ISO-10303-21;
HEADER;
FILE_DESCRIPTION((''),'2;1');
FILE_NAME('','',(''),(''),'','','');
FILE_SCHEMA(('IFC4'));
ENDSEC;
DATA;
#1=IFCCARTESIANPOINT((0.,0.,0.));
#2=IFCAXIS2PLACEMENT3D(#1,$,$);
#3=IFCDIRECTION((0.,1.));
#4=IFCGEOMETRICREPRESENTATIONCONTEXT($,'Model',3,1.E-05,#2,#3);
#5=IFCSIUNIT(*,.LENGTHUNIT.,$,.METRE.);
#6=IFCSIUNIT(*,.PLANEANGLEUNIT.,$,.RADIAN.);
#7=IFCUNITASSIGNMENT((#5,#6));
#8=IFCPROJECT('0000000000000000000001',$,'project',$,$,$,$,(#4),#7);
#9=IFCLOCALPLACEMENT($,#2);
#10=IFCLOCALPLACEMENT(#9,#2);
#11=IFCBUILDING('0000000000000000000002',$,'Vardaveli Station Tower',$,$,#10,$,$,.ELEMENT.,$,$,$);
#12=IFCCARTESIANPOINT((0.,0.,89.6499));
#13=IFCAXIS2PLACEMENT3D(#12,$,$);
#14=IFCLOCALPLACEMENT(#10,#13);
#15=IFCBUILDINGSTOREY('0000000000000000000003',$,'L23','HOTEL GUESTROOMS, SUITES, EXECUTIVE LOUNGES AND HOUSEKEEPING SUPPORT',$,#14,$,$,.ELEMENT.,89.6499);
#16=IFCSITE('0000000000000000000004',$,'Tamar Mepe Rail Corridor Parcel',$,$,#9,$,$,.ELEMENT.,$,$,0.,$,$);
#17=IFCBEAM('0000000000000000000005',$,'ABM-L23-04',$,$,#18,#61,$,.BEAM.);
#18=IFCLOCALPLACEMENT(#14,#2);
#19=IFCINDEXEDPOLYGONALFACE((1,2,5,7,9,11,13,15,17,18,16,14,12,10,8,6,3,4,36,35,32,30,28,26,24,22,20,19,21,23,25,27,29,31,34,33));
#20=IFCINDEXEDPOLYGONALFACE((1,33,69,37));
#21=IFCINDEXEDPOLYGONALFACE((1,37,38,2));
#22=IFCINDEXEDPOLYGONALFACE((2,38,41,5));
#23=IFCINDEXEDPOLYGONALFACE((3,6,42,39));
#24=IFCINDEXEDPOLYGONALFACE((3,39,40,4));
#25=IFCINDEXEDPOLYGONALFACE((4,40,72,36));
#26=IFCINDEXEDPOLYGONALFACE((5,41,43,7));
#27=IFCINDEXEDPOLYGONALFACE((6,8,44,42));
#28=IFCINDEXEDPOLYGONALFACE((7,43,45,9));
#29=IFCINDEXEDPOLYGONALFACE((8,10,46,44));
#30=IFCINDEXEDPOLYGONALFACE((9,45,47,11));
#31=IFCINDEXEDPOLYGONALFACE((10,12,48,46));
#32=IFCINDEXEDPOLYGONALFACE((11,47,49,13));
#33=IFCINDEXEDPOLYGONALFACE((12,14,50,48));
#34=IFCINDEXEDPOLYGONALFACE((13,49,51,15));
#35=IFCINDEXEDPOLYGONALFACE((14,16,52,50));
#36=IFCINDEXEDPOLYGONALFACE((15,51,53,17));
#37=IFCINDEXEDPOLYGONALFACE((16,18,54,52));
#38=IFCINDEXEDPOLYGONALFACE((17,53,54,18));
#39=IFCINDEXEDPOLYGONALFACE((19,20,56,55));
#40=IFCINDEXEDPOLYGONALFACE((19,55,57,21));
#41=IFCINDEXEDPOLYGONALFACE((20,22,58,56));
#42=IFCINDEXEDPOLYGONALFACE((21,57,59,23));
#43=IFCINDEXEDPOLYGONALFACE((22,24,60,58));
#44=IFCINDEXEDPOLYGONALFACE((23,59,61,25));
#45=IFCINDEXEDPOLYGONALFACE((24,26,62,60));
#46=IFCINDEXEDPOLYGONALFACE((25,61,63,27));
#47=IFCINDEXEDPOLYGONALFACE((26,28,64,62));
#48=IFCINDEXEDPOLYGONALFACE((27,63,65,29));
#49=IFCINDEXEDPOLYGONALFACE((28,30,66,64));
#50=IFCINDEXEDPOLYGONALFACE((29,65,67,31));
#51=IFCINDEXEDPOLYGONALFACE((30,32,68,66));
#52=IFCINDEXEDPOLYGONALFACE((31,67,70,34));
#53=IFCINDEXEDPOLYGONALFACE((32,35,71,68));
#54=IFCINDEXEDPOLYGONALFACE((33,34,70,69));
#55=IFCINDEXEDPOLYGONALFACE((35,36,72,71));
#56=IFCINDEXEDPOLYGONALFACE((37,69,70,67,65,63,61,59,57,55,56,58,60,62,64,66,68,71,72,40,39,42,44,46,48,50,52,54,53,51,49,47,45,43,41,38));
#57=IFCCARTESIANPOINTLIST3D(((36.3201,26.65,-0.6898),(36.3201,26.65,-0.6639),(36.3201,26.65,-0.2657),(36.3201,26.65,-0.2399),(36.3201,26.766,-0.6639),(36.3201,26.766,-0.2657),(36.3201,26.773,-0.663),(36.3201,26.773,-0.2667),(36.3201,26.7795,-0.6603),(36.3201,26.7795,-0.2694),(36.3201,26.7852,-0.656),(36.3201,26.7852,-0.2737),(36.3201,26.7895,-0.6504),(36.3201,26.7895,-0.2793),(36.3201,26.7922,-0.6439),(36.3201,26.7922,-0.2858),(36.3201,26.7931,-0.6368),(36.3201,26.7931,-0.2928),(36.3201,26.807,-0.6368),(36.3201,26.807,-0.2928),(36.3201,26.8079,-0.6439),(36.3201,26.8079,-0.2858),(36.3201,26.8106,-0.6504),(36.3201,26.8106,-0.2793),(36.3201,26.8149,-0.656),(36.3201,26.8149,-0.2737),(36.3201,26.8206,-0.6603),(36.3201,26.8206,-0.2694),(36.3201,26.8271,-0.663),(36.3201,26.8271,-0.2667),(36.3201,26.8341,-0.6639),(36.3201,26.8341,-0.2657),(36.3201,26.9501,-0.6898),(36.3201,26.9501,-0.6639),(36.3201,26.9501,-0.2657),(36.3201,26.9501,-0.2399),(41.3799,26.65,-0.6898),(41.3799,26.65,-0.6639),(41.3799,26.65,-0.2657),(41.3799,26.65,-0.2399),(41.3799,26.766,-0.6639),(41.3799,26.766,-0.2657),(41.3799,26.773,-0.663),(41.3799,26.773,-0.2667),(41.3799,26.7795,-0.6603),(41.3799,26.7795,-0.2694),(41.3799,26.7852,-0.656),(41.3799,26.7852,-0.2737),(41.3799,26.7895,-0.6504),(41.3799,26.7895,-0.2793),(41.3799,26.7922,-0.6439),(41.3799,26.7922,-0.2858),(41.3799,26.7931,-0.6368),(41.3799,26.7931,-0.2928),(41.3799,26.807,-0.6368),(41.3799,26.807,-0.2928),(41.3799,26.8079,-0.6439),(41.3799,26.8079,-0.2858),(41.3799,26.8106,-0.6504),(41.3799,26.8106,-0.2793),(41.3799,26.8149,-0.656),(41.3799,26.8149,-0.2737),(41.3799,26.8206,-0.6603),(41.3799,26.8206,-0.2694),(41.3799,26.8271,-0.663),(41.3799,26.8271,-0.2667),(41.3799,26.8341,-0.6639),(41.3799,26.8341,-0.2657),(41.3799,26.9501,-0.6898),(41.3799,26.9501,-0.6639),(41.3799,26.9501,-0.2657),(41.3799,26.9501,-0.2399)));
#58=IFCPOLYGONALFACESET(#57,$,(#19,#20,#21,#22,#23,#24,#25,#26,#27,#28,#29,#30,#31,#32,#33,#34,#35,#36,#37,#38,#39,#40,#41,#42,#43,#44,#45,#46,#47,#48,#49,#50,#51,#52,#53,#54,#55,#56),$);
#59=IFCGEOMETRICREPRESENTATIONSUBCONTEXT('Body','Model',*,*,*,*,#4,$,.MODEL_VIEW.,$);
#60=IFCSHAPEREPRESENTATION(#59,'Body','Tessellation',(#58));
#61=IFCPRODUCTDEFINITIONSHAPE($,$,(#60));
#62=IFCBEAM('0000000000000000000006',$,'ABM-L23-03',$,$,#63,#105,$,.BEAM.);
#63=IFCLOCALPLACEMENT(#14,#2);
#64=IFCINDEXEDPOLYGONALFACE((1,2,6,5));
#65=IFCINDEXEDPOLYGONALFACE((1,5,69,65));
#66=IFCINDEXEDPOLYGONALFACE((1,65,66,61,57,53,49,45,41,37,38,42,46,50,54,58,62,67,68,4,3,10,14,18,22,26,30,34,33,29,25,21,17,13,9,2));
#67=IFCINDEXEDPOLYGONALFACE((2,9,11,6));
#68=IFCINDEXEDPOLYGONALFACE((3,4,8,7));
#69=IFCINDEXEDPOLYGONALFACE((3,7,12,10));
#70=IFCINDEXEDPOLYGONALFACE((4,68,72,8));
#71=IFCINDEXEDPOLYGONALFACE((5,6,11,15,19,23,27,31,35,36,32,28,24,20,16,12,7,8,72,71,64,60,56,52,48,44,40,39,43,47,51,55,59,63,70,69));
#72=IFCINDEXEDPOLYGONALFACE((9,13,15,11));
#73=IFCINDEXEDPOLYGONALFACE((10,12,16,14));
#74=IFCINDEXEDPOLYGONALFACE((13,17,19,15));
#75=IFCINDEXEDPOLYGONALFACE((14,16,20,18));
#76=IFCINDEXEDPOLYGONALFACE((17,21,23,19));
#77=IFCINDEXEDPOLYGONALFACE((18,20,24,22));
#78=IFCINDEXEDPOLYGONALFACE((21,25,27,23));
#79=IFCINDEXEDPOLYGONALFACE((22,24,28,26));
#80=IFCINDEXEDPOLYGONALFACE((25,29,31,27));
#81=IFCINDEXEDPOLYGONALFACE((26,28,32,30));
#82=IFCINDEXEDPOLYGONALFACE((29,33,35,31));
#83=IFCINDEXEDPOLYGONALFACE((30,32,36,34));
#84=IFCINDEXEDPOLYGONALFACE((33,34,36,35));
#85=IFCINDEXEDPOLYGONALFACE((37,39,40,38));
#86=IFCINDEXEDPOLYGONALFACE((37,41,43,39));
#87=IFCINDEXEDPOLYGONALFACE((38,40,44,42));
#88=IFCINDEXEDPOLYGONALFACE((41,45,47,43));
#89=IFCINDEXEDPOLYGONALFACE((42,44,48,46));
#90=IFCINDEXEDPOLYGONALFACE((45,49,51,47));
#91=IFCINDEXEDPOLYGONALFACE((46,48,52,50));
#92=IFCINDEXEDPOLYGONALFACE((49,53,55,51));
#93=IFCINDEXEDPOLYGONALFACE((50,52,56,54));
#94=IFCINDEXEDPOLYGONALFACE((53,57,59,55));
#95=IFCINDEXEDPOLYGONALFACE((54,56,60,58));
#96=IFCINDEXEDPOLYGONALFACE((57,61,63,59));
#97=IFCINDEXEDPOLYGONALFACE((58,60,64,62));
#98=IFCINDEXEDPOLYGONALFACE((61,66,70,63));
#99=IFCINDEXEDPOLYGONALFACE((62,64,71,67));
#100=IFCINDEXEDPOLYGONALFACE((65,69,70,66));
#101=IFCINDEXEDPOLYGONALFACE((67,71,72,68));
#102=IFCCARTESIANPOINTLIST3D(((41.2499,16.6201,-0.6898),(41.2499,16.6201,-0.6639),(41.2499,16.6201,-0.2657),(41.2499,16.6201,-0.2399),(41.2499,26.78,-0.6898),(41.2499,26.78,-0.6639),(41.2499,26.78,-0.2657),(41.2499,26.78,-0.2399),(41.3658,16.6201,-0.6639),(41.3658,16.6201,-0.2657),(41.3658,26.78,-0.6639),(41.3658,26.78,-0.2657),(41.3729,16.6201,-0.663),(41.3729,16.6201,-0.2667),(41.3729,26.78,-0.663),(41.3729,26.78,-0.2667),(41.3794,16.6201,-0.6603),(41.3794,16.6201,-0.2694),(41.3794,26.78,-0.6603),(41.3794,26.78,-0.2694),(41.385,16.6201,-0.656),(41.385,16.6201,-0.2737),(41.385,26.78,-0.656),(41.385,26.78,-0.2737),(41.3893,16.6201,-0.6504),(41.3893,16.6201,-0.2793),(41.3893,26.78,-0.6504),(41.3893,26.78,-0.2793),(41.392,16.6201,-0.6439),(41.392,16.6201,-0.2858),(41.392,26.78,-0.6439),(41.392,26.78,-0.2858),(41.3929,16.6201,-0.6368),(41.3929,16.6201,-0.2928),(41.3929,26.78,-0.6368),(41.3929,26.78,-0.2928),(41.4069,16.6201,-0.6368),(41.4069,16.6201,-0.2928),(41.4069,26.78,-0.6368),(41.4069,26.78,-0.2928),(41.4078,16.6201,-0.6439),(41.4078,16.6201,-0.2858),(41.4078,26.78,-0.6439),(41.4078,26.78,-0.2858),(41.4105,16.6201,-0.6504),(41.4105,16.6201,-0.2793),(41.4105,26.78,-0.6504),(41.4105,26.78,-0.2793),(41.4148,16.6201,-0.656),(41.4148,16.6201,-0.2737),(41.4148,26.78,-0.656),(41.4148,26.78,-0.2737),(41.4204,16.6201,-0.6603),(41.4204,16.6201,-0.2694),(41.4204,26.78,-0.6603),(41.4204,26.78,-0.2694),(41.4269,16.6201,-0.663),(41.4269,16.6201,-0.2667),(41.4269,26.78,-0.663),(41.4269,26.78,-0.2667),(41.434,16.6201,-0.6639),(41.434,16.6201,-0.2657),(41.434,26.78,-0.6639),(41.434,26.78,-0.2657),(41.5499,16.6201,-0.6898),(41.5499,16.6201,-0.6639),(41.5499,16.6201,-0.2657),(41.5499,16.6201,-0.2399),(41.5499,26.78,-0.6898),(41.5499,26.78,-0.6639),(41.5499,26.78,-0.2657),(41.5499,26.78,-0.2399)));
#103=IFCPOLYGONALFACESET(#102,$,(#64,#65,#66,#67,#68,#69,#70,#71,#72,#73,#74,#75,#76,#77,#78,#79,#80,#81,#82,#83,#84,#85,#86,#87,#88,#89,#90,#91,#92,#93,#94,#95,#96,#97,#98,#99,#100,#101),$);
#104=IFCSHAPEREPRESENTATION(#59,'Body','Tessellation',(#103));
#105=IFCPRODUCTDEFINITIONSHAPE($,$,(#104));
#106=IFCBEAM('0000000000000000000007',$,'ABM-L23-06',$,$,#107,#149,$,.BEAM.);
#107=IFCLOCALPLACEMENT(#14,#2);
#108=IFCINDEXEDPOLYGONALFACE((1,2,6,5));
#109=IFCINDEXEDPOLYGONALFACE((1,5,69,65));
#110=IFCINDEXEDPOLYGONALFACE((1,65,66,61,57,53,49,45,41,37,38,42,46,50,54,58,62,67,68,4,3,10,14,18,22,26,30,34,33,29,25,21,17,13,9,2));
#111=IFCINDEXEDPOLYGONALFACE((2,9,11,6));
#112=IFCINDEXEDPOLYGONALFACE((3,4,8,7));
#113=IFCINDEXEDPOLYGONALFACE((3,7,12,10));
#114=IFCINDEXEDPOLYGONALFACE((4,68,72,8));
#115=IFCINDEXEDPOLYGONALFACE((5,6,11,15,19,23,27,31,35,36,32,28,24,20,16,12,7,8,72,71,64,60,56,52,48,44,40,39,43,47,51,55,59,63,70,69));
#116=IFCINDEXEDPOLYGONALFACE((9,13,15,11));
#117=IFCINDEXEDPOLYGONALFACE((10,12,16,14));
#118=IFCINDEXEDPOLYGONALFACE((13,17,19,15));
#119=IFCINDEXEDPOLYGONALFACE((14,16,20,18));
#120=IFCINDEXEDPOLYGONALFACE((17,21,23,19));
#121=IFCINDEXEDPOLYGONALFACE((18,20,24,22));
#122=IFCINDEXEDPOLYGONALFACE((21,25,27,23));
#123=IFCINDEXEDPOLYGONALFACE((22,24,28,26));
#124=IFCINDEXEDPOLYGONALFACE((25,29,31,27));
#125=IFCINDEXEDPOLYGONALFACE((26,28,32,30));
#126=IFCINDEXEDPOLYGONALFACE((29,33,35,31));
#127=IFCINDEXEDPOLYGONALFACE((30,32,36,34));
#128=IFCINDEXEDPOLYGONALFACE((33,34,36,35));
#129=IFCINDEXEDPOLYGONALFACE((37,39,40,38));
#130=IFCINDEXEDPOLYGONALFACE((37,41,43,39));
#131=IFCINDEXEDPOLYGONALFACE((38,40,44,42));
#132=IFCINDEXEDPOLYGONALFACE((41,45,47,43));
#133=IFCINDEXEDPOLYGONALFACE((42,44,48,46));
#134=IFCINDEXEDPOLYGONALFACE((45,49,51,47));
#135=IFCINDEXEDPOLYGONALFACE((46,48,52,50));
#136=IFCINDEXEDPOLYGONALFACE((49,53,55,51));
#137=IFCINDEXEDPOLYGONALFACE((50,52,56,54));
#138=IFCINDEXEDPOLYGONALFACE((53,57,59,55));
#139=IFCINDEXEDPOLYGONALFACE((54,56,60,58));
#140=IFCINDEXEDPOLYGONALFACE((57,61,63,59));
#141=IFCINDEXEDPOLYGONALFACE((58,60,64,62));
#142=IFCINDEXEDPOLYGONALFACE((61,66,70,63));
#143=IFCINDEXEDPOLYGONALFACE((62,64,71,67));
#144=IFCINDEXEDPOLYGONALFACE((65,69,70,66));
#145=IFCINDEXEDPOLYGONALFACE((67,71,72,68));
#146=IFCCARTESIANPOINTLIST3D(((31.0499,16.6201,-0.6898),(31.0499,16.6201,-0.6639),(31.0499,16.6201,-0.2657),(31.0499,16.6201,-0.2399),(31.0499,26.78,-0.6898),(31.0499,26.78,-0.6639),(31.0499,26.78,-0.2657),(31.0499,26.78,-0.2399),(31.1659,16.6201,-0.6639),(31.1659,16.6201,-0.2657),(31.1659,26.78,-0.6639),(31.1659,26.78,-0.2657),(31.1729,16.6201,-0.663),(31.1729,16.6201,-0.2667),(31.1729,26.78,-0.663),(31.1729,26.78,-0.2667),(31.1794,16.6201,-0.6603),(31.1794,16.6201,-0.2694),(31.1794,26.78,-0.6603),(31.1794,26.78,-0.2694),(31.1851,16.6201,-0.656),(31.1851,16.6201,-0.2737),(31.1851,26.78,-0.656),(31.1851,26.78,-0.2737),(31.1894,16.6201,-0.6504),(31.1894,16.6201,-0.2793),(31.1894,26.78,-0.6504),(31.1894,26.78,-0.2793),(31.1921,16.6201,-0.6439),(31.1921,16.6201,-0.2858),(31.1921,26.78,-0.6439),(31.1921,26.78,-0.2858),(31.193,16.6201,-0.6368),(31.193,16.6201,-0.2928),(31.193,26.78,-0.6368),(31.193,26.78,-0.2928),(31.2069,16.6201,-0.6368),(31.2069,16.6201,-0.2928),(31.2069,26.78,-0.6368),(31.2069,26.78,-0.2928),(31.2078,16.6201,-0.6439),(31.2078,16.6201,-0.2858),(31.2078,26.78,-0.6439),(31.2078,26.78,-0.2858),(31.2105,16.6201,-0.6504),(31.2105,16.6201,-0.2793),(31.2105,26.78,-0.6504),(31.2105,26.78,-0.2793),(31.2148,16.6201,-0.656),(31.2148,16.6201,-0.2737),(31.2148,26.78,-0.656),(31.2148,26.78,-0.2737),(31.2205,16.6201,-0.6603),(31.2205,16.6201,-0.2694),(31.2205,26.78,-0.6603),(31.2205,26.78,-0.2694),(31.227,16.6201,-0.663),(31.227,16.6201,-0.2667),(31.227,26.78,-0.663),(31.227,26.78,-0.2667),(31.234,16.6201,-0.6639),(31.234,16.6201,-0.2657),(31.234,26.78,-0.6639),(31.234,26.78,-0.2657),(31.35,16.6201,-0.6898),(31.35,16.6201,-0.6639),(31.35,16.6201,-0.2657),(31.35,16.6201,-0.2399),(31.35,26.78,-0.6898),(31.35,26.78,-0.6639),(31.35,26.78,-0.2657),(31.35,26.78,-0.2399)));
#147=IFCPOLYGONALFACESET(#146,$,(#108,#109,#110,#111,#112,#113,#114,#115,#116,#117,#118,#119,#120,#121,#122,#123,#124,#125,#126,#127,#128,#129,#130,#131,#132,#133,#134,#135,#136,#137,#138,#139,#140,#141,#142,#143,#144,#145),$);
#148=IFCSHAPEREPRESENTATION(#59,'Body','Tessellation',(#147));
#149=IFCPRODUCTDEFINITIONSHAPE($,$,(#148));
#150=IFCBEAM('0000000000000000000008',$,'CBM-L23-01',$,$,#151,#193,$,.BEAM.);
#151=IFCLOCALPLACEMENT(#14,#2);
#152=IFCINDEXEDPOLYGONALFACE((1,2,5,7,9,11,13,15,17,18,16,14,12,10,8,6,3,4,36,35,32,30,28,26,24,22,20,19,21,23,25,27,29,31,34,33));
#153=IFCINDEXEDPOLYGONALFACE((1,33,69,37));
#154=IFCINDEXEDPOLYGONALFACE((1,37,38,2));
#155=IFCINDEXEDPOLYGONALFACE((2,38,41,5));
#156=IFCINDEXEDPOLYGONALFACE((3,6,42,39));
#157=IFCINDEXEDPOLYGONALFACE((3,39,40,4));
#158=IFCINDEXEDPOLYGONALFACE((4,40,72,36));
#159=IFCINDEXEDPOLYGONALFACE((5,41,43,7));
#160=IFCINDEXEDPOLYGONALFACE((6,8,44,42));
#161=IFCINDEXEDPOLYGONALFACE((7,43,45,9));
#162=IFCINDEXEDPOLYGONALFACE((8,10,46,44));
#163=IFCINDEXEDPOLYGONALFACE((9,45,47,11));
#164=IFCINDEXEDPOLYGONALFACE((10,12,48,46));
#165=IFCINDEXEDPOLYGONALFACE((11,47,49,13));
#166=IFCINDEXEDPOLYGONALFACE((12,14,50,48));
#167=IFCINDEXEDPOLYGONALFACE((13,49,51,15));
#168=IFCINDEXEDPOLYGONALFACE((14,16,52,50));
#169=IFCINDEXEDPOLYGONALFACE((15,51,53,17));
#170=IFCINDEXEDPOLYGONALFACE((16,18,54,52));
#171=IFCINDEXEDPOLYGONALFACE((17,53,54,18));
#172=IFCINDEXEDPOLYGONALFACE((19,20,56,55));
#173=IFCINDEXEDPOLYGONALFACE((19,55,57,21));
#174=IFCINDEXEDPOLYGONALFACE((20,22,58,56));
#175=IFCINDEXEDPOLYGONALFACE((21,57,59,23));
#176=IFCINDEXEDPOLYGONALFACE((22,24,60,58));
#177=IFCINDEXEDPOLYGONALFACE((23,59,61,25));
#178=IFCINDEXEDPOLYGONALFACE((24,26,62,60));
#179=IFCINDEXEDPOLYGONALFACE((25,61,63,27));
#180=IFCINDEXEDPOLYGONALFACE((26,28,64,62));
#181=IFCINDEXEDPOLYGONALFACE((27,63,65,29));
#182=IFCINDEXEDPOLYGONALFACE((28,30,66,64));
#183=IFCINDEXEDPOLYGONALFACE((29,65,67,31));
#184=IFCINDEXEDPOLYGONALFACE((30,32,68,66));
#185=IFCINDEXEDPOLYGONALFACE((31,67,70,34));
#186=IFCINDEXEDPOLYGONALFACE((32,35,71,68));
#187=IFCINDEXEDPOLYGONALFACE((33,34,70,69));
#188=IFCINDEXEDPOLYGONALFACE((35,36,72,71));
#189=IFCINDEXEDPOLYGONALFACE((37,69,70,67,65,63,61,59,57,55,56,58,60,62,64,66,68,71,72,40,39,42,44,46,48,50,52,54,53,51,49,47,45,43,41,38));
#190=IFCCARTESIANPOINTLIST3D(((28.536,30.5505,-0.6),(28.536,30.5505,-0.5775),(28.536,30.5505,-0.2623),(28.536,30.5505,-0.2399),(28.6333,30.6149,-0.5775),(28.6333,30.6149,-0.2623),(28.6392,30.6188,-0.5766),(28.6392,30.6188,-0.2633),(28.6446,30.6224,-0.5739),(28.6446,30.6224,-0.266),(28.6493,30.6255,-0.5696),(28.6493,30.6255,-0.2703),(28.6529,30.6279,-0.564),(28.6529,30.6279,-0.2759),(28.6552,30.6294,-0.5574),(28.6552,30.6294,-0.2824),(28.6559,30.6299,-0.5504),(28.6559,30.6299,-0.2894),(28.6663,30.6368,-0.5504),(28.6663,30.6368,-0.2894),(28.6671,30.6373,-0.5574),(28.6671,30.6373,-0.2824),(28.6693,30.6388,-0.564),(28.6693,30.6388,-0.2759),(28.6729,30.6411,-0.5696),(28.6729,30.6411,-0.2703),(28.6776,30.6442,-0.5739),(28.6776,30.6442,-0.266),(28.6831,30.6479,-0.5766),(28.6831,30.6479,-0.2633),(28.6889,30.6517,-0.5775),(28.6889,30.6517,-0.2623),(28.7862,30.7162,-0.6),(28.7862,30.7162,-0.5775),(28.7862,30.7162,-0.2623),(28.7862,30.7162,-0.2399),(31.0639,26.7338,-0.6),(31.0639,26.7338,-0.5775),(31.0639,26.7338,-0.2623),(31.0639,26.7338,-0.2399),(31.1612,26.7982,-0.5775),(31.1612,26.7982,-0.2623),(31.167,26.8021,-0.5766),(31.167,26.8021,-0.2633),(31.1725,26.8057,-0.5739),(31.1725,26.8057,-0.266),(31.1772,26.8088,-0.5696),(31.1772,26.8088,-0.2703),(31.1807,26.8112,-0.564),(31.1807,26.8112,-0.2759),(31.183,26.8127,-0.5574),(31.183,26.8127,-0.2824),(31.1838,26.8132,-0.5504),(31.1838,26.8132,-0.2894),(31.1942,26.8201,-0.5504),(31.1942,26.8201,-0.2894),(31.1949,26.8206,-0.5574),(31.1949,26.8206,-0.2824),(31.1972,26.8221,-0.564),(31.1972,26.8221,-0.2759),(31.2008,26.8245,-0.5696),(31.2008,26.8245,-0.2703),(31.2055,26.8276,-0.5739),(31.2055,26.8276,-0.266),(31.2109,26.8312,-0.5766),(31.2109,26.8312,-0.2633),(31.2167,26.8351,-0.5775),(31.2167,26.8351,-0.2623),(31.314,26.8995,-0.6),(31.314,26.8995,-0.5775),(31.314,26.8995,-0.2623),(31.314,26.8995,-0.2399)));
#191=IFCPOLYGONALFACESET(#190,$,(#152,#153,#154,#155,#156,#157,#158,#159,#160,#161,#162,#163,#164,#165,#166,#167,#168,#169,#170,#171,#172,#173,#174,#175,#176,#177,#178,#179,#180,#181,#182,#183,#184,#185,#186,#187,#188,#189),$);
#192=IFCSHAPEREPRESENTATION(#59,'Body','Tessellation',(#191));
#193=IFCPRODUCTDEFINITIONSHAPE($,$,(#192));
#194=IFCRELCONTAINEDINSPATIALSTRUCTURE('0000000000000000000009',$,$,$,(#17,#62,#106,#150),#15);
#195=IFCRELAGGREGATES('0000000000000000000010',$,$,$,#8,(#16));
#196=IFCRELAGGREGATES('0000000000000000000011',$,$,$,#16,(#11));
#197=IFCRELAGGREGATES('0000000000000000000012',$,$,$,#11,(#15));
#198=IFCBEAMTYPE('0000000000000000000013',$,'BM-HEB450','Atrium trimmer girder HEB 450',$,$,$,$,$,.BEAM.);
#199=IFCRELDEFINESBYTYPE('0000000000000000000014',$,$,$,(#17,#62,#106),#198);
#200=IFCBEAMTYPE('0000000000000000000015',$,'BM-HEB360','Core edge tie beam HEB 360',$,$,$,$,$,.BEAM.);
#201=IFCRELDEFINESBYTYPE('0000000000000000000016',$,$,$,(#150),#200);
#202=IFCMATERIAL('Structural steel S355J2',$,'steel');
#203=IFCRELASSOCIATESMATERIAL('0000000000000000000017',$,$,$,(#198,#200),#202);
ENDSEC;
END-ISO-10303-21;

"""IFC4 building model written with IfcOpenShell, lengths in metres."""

from ifc_helpers import new_model, si_unit, direction, frame, origin, origin_2d, place, context, subcontext, project, spatial, i_section, extrude, source, transform, mapped, material, material_profile, profile_set, type_object, element, save


model = new_model("IFC4")

# Units and contexts
model_context = context("Model", 3, precision=1e-05, world=origin(), true_north=direction((0.0, 1.0)))
body_context = subcontext(model_context, "Body", "Model", "MODEL_VIEW")
ifc_project = project(units=[si_unit("LENGTHUNIT", "METRE"), si_unit("PLANEANGLEUNIT", "RADIAN")], contexts=[model_context])

# Site, building, storey
site_placement = place(None, origin())
site = spatial("IfcSite", under=ifc_project, at=site_placement, Name="Tamar Mepe Rail Corridor Parcel", CompositionType="ELEMENT", RefElevation=0.0)
building_placement = place(site_placement, origin())
building = spatial("IfcBuilding", under=site, at=building_placement, Name="Vardaveli Station Tower", CompositionType="ELEMENT")
storey_placement = place(building_placement, frame((0.0, 0.0, 89.6499)))
storey = spatial("IfcBuildingStorey", under=building, at=storey_placement, Name="L23", Description="HOTEL GUESTROOMS, SUITES, EXECUTIVE LOUNGES AND HOUSEKEEPING SUPPORT", CompositionType="ELEMENT", Elevation=89.6499)

# Beams
ifc_material_1 = material(Name="Structural steel S355J2", Category="steel")
ifc_material_profile_1 = material_profile(ifc_material_1, i_section(OverallWidth=0.3, OverallDepth=0.45, WebThickness=0.0139, FlangeThickness=0.0259, FilletRadius=0.0271, at=origin_2d()), Name="HEB 450")
ifc_profile_set_1 = profile_set([ifc_material_profile_1], Name="Structural steel S355J2")
beam_type_1 = type_object("IfcBeamType", Name="BM-HEB450", Description="Atrium trimmer girder HEB 450", PredefinedType="BEAM", material=ifc_profile_set_1)
shared_shape_1 = source(origin(), body_context, "Body", "SweptSolid", [
    extrude(i_section(OverallWidth=0.3, OverallDepth=0.45, WebThickness=0.0139, FlangeThickness=0.0259, FilletRadius=0.0271, at=origin_2d()), origin(), (0.0, 0.0, 1.0), 5.0598),
])
beam_1_placement = place(storey_placement, frame((41.3799, 26.8, -0.4648), z_axis=(-1.0, 0.0, 0.0), x_axis=(0.0, -1.0, 0.0)))
element("IfcBeam", 1, at=beam_1_placement, inside=storey, type_object=beam_type_1, Name="ABM-L23-04", PredefinedType="BEAM", context=body_context, shape_type="MappedRepresentation", body=[
    mapped(shared_shape_1, transform((0.0, 0.0, 0.0), scale=1.0)),
])
shared_shape_2 = source(origin(), body_context, "Body", "SweptSolid", [
    extrude(i_section(OverallWidth=0.3, OverallDepth=0.45, WebThickness=0.0139, FlangeThickness=0.0259, FilletRadius=0.0271, at=origin_2d()), origin(), (0.0, 0.0, 1.0), 10.1599),
])
for number, where, z_axis, x_axis, name in (
    (2, (41.3999, 16.6201, -0.4648), (0.0, 1.0, 0.0), (-1.0, 0.0, 0.0), "ABM-L23-03"),
    (3, (31.2, 26.78, -0.4648), (0.0, -1.0, 0.0), (1.0, 0.0, 0.0), "ABM-L23-06"),
):
    element("IfcBeam", number, at=place(storey_placement, frame(where, z_axis=z_axis, x_axis=x_axis)), inside=storey, type_object=beam_type_1, Name=name, PredefinedType="BEAM", context=body_context, shape_type="MappedRepresentation", body=[
        mapped(shared_shape_2, transform((0.0, 0.0, 0.0), scale=1.0)),
    ])
ifc_material_profile_2 = material_profile(ifc_material_1, i_section(OverallWidth=0.3, OverallDepth=0.3601, WebThickness=0.0125, FlangeThickness=0.0225, FilletRadius=0.0271, at=origin_2d()), Name="HEB 360")
ifc_profile_set_2 = profile_set([ifc_material_profile_2], Name="Structural steel S355J2")
beam_type_2 = type_object("IfcBeamType", Name="BM-HEB360", Description="Core edge tie beam HEB 360", PredefinedType="BEAM", material=ifc_profile_set_2)
shared_shape_3 = source(origin(), body_context, "Body", "SweptSolid", [
    extrude(i_section(OverallWidth=0.3, OverallDepth=0.3601, WebThickness=0.0125, FlangeThickness=0.0225, FilletRadius=0.0271, at=origin_2d()), origin(), (0.0, 0.0, 1.0), 4.5779),
])
beam_2_placement = place(storey_placement, frame((31.189, 26.8167, -0.4199), z_axis=(-0.552187, 0.83372, 0.0), x_axis=(-0.83372, -0.552187, 0.0)))
element("IfcBeam", 4, at=beam_2_placement, inside=storey, type_object=beam_type_2, Name="CBM-L23-01", PredefinedType="BEAM", context=body_context, shape_type="MappedRepresentation", body=[
    mapped(shared_shape_3, transform((0.0, 0.0, 0.0), scale=1.0)),
])

save(model, "model.ifc")
